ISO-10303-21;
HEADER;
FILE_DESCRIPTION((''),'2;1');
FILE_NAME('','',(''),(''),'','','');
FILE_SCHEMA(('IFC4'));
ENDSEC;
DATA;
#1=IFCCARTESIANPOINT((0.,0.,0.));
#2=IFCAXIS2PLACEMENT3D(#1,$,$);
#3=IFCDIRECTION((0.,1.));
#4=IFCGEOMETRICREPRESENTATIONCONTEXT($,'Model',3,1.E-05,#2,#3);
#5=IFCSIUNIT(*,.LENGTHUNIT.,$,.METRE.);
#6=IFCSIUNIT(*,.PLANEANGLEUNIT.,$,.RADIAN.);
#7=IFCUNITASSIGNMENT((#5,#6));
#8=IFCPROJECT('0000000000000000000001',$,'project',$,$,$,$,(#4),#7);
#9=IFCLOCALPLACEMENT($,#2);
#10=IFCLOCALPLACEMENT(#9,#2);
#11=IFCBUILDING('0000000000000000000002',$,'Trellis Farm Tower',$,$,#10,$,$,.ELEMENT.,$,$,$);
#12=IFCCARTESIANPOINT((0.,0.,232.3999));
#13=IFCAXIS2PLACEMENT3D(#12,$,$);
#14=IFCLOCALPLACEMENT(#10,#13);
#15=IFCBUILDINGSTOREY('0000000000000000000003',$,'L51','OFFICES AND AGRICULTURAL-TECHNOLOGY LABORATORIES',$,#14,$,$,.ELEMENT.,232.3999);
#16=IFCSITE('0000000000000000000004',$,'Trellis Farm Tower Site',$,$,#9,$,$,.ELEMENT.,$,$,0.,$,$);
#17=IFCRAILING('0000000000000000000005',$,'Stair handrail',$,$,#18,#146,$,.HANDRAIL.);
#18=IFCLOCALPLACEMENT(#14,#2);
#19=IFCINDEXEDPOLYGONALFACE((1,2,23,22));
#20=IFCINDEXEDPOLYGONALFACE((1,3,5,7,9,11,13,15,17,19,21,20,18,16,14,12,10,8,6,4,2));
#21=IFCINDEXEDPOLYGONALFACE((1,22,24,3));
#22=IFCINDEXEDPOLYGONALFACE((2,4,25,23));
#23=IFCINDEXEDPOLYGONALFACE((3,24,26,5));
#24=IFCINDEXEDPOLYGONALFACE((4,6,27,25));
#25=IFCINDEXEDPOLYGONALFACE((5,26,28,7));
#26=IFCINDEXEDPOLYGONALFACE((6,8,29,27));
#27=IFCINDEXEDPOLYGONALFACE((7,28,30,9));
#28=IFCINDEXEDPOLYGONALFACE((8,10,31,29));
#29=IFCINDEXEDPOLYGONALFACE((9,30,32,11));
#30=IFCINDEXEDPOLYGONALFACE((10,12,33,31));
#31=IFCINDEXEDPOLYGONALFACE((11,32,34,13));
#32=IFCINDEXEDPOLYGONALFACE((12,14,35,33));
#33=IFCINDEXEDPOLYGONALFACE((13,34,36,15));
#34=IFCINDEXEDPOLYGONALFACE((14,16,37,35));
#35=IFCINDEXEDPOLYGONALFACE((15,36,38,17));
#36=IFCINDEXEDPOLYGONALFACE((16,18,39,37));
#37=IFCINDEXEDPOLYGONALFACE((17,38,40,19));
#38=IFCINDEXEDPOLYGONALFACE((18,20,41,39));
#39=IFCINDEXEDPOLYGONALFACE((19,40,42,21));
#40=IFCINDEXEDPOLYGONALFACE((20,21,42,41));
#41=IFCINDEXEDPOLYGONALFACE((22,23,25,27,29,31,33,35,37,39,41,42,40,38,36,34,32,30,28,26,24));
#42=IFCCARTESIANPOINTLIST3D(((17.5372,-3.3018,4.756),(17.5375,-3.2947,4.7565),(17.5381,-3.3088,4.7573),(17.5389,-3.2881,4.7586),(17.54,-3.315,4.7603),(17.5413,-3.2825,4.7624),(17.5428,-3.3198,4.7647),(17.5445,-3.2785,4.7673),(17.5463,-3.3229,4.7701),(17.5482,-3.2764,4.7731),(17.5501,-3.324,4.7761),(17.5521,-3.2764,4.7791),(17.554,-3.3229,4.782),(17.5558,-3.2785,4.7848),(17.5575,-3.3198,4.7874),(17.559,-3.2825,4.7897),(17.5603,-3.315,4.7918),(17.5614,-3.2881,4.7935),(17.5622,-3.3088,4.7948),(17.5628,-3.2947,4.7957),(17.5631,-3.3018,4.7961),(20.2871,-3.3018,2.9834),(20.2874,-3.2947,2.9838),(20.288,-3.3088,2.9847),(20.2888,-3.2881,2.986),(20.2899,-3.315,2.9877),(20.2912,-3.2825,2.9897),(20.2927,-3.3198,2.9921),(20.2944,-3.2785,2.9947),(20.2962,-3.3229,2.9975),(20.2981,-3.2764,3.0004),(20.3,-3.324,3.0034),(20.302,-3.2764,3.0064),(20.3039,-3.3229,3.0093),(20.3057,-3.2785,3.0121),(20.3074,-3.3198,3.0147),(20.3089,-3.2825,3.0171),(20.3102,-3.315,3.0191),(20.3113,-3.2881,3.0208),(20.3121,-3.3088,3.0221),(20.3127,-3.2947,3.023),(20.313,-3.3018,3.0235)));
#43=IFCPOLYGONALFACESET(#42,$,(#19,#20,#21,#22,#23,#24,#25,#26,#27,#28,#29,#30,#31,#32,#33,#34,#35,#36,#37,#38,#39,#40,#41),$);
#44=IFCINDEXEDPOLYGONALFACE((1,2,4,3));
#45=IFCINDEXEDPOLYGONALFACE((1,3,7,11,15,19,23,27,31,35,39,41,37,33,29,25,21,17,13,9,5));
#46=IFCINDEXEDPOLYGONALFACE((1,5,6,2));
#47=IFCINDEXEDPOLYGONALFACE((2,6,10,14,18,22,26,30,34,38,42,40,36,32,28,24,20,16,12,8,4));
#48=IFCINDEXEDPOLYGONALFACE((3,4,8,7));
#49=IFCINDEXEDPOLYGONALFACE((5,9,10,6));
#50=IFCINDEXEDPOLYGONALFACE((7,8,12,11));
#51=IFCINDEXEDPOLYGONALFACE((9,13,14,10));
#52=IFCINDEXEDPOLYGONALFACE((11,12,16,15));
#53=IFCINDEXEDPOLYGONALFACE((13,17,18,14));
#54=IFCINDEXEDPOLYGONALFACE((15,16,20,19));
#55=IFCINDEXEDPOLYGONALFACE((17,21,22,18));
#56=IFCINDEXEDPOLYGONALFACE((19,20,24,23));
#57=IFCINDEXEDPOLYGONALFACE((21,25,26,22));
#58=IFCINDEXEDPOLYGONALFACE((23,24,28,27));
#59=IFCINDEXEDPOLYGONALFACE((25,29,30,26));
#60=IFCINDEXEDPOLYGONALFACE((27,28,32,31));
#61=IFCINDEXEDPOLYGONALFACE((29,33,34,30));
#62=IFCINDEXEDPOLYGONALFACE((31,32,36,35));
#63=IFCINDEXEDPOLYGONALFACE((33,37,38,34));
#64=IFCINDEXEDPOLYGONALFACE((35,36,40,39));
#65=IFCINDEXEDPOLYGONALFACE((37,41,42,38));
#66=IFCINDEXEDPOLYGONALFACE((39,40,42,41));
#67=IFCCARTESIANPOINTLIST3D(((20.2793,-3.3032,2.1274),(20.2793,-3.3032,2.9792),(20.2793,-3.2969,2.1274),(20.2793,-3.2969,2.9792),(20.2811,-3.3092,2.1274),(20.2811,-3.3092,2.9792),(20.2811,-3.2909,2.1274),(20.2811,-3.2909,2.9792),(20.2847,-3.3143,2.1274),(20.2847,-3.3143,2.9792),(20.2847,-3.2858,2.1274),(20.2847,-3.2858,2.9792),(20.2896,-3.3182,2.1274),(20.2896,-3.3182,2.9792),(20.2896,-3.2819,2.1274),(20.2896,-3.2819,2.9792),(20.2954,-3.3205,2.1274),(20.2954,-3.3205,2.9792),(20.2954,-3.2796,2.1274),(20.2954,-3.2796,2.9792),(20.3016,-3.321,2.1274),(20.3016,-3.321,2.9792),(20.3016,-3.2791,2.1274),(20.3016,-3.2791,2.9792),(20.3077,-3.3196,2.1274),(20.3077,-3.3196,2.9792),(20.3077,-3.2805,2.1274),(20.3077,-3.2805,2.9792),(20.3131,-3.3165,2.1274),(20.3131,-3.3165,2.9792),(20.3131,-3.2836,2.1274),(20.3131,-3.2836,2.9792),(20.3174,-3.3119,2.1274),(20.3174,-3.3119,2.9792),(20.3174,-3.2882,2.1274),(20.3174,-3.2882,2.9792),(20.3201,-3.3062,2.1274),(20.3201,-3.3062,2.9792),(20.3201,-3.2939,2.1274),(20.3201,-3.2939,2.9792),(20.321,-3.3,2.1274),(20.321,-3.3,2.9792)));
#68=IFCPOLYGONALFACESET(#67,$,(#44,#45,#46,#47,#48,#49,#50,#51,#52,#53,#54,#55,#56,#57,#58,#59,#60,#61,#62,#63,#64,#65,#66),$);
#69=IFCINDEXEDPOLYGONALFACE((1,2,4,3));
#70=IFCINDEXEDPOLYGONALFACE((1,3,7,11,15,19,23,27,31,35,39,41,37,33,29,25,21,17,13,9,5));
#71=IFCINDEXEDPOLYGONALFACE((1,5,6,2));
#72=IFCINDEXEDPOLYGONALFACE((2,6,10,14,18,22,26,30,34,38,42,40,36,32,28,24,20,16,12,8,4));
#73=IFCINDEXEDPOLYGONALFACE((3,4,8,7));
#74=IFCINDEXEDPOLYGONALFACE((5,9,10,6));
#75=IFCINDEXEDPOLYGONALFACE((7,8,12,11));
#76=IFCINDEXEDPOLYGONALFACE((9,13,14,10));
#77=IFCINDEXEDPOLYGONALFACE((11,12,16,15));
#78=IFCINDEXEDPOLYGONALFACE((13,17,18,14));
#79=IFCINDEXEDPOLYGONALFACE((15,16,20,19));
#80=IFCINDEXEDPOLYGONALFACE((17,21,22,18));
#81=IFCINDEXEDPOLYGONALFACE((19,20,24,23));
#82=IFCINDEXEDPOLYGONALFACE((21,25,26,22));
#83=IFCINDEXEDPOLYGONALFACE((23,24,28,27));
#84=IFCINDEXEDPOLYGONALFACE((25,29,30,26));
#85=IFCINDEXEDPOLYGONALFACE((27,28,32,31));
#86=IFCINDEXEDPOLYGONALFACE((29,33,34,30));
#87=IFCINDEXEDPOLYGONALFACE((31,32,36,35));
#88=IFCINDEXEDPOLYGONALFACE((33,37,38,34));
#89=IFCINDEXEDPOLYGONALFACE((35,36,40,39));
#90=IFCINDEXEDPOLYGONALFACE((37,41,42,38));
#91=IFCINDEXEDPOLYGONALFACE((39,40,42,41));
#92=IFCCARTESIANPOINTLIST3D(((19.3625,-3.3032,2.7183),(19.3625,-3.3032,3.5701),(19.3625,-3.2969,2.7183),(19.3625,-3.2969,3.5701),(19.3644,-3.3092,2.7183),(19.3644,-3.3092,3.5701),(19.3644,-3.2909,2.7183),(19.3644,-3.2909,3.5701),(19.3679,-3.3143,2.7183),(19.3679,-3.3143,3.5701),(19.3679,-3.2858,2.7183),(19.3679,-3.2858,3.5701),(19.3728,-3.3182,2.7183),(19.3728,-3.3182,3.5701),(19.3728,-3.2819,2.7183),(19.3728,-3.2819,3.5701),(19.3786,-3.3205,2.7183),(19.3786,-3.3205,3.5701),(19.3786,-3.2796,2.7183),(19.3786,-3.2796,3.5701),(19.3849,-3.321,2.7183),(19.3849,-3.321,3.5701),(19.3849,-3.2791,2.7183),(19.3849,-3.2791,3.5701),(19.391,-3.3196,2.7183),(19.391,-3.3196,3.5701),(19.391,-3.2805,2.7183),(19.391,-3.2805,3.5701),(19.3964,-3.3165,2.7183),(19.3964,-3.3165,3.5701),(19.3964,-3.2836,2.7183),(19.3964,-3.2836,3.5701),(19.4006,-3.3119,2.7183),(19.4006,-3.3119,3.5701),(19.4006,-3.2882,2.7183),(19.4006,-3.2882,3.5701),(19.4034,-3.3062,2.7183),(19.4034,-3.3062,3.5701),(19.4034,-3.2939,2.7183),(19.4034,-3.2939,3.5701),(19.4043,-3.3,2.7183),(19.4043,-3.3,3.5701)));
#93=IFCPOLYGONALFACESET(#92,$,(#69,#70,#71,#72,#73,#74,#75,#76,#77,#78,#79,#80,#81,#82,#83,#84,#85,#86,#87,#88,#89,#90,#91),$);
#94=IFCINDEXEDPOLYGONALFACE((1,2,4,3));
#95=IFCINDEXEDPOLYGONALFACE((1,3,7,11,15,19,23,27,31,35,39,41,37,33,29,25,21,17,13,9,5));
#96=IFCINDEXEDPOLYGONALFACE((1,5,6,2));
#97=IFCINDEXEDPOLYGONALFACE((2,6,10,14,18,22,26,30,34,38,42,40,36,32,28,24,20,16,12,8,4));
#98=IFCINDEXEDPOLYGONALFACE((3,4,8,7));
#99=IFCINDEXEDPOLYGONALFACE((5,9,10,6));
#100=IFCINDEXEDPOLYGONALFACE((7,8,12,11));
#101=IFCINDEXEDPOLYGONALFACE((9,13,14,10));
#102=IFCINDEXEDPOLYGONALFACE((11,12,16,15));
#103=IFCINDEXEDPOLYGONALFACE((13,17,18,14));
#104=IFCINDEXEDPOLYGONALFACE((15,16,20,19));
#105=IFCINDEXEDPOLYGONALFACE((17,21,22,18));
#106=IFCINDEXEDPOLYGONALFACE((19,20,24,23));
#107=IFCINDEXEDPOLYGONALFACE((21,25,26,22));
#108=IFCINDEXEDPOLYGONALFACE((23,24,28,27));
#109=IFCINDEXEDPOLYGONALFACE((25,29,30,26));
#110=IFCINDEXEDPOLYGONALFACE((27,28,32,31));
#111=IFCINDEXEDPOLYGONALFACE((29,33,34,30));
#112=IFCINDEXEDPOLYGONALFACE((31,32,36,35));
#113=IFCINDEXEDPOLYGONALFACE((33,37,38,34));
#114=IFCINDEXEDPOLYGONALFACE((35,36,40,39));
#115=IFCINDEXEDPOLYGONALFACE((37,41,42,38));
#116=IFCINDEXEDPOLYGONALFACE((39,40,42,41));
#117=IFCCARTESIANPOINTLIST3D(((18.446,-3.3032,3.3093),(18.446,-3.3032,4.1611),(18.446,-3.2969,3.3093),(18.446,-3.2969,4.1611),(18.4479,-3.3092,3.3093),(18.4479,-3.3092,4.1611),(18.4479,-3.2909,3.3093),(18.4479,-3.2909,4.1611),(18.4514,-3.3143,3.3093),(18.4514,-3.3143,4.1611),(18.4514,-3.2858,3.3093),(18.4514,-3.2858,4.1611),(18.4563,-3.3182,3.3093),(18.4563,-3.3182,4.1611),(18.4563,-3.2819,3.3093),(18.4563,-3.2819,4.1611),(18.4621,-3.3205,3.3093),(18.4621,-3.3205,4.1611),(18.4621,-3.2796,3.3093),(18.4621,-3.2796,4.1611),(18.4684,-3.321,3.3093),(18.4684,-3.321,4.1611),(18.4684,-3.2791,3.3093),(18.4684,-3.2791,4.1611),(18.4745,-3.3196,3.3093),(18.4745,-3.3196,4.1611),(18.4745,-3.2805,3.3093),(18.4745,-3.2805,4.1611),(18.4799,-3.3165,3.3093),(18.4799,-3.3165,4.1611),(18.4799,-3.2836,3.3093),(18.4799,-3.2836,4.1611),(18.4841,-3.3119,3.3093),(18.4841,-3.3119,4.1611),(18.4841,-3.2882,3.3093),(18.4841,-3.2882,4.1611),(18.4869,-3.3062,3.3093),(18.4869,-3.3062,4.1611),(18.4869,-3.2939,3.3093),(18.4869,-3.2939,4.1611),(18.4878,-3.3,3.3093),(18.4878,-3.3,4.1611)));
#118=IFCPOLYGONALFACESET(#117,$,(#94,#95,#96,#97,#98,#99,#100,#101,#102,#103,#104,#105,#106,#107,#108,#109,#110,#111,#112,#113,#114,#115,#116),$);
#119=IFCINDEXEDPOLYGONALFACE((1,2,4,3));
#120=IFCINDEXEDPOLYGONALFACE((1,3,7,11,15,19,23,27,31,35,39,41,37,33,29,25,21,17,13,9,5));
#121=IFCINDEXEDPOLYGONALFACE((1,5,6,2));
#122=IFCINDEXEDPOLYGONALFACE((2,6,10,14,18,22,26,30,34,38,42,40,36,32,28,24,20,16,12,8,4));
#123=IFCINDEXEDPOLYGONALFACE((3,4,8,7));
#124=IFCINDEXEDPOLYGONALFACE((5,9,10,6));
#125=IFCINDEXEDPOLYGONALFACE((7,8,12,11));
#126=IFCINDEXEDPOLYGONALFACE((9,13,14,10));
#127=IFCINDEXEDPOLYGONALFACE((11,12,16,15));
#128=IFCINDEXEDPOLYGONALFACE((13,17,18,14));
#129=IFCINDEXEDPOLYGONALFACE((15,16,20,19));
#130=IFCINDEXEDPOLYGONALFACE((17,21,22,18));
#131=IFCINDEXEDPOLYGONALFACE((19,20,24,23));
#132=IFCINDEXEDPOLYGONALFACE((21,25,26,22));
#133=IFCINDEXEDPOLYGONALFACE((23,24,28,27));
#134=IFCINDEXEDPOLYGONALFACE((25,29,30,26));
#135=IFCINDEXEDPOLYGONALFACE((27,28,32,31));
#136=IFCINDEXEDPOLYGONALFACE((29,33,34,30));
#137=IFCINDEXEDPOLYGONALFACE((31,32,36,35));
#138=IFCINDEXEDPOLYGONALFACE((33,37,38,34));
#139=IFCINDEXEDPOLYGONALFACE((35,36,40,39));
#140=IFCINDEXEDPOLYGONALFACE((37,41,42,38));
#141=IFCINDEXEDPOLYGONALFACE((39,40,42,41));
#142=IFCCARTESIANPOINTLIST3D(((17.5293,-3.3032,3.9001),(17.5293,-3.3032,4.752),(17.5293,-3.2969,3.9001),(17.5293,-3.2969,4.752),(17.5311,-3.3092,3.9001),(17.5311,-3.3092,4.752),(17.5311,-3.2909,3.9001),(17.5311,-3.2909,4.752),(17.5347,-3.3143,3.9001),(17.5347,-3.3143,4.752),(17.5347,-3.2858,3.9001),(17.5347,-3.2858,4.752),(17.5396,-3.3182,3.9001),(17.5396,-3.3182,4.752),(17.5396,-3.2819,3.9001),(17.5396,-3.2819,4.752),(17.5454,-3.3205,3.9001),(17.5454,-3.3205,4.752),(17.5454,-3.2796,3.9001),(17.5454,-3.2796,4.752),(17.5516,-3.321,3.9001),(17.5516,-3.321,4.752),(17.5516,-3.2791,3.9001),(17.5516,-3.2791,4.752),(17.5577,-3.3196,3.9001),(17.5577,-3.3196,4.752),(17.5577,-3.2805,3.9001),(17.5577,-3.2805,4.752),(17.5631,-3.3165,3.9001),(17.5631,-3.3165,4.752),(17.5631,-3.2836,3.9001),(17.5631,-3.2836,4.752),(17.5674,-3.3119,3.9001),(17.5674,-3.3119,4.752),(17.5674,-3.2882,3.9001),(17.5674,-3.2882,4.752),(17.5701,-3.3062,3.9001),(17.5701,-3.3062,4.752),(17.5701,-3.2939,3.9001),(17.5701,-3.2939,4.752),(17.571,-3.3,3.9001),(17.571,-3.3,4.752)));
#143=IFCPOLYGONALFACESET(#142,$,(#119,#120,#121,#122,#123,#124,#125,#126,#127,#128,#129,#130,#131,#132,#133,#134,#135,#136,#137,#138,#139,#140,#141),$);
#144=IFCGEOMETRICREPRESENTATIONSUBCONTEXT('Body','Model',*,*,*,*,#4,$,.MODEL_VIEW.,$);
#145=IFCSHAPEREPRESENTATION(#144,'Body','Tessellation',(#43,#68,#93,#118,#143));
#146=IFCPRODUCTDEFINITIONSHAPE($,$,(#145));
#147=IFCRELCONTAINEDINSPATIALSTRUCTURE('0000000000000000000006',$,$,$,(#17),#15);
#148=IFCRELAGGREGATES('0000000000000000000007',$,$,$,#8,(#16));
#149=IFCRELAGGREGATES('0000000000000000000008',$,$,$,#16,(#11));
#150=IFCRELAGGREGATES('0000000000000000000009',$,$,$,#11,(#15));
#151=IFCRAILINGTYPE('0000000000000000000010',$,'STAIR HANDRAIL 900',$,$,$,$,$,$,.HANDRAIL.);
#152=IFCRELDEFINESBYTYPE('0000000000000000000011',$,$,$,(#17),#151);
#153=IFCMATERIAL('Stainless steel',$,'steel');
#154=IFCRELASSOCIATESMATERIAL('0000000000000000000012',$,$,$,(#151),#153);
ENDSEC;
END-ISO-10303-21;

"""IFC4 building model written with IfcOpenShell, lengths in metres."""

from ifc_helpers import new_model, si_unit, direction, frame, origin, origin_2d, place, context, subcontext, project, spatial, circle, extrude, source, transform, mapped, material, type_object, element, save


model = new_model("IFC4")

# Units and contexts
model_context = context("Model", 3, precision=1e-05, world=origin(), true_north=direction((0.0, 1.0)))
body_context = subcontext(model_context, "Body", "Model", "MODEL_VIEW")
ifc_project = project(units=[si_unit("LENGTHUNIT", "METRE"), si_unit("PLANEANGLEUNIT", "RADIAN")], contexts=[model_context])

# Site, building, storey
site_placement = place(None, origin())
site = spatial("IfcSite", under=ifc_project, at=site_placement, Name="Trellis Farm Tower Site", CompositionType="ELEMENT", RefElevation=0.0)
building_placement = place(site_placement, origin())
building = spatial("IfcBuilding", under=site, at=building_placement, Name="Trellis Farm Tower", CompositionType="ELEMENT")
storey_placement = place(building_placement, frame((0.0, 0.0, 232.3999)))
storey = spatial("IfcBuildingStorey", under=building, at=storey_placement, Name="L51", Description="OFFICES AND AGRICULTURAL-TECHNOLOGY LABORATORIES", CompositionType="ELEMENT", Elevation=232.3999)

# Railing
ifc_material_1 = material(Name="Stainless steel", Category="steel")
railing_type = type_object("IfcRailingType", Name="STAIR HANDRAIL 900", PredefinedType="HANDRAIL", material=ifc_material_1)
shared_shape_1 = source(origin(), body_context, "Body", "SweptSolid", [
    extrude(circle(Radius=0.0239, at=origin_2d()), frame((0.0, 0.0, 0.876), z_axis=(-0.840504, 0.0, 0.541806), x_axis=(0.0, -1.0, 0.0)), (0.0, 0.0, 1.0), 3.2717),
    extrude(circle(Radius=0.021, at=origin_2d()), origin(), (0.0, 0.0, 1.0), 0.8518),
    extrude(circle(Radius=0.021, at=origin_2d()), frame((-0.9167, 0.0, 0.5908)), (0.0, 0.0, 1.0), 0.8518),
    extrude(circle(Radius=0.021, at=origin_2d()), frame((-1.8333, 0.0, 1.1819)), (0.0, 0.0, 1.0), 0.8518),
    extrude(circle(Radius=0.021, at=origin_2d()), frame((-2.75, 0.0, 1.7727)), (0.0, 0.0, 1.0), 0.8518),
])
for number, where, name in (
    (1, (20.3, -3.3, 2.1274), "Stair handrail"),
):
    element("IfcRailing", number, at=place(storey_placement, frame(where)), inside=storey, type_object=railing_type, Name=name, PredefinedType="HANDRAIL", context=body_context, shape_type="MappedRepresentation", body=[
        mapped(shared_shape_1, transform((0.0, 0.0, 0.0))),
    ])

save(model, "model.ifc")
